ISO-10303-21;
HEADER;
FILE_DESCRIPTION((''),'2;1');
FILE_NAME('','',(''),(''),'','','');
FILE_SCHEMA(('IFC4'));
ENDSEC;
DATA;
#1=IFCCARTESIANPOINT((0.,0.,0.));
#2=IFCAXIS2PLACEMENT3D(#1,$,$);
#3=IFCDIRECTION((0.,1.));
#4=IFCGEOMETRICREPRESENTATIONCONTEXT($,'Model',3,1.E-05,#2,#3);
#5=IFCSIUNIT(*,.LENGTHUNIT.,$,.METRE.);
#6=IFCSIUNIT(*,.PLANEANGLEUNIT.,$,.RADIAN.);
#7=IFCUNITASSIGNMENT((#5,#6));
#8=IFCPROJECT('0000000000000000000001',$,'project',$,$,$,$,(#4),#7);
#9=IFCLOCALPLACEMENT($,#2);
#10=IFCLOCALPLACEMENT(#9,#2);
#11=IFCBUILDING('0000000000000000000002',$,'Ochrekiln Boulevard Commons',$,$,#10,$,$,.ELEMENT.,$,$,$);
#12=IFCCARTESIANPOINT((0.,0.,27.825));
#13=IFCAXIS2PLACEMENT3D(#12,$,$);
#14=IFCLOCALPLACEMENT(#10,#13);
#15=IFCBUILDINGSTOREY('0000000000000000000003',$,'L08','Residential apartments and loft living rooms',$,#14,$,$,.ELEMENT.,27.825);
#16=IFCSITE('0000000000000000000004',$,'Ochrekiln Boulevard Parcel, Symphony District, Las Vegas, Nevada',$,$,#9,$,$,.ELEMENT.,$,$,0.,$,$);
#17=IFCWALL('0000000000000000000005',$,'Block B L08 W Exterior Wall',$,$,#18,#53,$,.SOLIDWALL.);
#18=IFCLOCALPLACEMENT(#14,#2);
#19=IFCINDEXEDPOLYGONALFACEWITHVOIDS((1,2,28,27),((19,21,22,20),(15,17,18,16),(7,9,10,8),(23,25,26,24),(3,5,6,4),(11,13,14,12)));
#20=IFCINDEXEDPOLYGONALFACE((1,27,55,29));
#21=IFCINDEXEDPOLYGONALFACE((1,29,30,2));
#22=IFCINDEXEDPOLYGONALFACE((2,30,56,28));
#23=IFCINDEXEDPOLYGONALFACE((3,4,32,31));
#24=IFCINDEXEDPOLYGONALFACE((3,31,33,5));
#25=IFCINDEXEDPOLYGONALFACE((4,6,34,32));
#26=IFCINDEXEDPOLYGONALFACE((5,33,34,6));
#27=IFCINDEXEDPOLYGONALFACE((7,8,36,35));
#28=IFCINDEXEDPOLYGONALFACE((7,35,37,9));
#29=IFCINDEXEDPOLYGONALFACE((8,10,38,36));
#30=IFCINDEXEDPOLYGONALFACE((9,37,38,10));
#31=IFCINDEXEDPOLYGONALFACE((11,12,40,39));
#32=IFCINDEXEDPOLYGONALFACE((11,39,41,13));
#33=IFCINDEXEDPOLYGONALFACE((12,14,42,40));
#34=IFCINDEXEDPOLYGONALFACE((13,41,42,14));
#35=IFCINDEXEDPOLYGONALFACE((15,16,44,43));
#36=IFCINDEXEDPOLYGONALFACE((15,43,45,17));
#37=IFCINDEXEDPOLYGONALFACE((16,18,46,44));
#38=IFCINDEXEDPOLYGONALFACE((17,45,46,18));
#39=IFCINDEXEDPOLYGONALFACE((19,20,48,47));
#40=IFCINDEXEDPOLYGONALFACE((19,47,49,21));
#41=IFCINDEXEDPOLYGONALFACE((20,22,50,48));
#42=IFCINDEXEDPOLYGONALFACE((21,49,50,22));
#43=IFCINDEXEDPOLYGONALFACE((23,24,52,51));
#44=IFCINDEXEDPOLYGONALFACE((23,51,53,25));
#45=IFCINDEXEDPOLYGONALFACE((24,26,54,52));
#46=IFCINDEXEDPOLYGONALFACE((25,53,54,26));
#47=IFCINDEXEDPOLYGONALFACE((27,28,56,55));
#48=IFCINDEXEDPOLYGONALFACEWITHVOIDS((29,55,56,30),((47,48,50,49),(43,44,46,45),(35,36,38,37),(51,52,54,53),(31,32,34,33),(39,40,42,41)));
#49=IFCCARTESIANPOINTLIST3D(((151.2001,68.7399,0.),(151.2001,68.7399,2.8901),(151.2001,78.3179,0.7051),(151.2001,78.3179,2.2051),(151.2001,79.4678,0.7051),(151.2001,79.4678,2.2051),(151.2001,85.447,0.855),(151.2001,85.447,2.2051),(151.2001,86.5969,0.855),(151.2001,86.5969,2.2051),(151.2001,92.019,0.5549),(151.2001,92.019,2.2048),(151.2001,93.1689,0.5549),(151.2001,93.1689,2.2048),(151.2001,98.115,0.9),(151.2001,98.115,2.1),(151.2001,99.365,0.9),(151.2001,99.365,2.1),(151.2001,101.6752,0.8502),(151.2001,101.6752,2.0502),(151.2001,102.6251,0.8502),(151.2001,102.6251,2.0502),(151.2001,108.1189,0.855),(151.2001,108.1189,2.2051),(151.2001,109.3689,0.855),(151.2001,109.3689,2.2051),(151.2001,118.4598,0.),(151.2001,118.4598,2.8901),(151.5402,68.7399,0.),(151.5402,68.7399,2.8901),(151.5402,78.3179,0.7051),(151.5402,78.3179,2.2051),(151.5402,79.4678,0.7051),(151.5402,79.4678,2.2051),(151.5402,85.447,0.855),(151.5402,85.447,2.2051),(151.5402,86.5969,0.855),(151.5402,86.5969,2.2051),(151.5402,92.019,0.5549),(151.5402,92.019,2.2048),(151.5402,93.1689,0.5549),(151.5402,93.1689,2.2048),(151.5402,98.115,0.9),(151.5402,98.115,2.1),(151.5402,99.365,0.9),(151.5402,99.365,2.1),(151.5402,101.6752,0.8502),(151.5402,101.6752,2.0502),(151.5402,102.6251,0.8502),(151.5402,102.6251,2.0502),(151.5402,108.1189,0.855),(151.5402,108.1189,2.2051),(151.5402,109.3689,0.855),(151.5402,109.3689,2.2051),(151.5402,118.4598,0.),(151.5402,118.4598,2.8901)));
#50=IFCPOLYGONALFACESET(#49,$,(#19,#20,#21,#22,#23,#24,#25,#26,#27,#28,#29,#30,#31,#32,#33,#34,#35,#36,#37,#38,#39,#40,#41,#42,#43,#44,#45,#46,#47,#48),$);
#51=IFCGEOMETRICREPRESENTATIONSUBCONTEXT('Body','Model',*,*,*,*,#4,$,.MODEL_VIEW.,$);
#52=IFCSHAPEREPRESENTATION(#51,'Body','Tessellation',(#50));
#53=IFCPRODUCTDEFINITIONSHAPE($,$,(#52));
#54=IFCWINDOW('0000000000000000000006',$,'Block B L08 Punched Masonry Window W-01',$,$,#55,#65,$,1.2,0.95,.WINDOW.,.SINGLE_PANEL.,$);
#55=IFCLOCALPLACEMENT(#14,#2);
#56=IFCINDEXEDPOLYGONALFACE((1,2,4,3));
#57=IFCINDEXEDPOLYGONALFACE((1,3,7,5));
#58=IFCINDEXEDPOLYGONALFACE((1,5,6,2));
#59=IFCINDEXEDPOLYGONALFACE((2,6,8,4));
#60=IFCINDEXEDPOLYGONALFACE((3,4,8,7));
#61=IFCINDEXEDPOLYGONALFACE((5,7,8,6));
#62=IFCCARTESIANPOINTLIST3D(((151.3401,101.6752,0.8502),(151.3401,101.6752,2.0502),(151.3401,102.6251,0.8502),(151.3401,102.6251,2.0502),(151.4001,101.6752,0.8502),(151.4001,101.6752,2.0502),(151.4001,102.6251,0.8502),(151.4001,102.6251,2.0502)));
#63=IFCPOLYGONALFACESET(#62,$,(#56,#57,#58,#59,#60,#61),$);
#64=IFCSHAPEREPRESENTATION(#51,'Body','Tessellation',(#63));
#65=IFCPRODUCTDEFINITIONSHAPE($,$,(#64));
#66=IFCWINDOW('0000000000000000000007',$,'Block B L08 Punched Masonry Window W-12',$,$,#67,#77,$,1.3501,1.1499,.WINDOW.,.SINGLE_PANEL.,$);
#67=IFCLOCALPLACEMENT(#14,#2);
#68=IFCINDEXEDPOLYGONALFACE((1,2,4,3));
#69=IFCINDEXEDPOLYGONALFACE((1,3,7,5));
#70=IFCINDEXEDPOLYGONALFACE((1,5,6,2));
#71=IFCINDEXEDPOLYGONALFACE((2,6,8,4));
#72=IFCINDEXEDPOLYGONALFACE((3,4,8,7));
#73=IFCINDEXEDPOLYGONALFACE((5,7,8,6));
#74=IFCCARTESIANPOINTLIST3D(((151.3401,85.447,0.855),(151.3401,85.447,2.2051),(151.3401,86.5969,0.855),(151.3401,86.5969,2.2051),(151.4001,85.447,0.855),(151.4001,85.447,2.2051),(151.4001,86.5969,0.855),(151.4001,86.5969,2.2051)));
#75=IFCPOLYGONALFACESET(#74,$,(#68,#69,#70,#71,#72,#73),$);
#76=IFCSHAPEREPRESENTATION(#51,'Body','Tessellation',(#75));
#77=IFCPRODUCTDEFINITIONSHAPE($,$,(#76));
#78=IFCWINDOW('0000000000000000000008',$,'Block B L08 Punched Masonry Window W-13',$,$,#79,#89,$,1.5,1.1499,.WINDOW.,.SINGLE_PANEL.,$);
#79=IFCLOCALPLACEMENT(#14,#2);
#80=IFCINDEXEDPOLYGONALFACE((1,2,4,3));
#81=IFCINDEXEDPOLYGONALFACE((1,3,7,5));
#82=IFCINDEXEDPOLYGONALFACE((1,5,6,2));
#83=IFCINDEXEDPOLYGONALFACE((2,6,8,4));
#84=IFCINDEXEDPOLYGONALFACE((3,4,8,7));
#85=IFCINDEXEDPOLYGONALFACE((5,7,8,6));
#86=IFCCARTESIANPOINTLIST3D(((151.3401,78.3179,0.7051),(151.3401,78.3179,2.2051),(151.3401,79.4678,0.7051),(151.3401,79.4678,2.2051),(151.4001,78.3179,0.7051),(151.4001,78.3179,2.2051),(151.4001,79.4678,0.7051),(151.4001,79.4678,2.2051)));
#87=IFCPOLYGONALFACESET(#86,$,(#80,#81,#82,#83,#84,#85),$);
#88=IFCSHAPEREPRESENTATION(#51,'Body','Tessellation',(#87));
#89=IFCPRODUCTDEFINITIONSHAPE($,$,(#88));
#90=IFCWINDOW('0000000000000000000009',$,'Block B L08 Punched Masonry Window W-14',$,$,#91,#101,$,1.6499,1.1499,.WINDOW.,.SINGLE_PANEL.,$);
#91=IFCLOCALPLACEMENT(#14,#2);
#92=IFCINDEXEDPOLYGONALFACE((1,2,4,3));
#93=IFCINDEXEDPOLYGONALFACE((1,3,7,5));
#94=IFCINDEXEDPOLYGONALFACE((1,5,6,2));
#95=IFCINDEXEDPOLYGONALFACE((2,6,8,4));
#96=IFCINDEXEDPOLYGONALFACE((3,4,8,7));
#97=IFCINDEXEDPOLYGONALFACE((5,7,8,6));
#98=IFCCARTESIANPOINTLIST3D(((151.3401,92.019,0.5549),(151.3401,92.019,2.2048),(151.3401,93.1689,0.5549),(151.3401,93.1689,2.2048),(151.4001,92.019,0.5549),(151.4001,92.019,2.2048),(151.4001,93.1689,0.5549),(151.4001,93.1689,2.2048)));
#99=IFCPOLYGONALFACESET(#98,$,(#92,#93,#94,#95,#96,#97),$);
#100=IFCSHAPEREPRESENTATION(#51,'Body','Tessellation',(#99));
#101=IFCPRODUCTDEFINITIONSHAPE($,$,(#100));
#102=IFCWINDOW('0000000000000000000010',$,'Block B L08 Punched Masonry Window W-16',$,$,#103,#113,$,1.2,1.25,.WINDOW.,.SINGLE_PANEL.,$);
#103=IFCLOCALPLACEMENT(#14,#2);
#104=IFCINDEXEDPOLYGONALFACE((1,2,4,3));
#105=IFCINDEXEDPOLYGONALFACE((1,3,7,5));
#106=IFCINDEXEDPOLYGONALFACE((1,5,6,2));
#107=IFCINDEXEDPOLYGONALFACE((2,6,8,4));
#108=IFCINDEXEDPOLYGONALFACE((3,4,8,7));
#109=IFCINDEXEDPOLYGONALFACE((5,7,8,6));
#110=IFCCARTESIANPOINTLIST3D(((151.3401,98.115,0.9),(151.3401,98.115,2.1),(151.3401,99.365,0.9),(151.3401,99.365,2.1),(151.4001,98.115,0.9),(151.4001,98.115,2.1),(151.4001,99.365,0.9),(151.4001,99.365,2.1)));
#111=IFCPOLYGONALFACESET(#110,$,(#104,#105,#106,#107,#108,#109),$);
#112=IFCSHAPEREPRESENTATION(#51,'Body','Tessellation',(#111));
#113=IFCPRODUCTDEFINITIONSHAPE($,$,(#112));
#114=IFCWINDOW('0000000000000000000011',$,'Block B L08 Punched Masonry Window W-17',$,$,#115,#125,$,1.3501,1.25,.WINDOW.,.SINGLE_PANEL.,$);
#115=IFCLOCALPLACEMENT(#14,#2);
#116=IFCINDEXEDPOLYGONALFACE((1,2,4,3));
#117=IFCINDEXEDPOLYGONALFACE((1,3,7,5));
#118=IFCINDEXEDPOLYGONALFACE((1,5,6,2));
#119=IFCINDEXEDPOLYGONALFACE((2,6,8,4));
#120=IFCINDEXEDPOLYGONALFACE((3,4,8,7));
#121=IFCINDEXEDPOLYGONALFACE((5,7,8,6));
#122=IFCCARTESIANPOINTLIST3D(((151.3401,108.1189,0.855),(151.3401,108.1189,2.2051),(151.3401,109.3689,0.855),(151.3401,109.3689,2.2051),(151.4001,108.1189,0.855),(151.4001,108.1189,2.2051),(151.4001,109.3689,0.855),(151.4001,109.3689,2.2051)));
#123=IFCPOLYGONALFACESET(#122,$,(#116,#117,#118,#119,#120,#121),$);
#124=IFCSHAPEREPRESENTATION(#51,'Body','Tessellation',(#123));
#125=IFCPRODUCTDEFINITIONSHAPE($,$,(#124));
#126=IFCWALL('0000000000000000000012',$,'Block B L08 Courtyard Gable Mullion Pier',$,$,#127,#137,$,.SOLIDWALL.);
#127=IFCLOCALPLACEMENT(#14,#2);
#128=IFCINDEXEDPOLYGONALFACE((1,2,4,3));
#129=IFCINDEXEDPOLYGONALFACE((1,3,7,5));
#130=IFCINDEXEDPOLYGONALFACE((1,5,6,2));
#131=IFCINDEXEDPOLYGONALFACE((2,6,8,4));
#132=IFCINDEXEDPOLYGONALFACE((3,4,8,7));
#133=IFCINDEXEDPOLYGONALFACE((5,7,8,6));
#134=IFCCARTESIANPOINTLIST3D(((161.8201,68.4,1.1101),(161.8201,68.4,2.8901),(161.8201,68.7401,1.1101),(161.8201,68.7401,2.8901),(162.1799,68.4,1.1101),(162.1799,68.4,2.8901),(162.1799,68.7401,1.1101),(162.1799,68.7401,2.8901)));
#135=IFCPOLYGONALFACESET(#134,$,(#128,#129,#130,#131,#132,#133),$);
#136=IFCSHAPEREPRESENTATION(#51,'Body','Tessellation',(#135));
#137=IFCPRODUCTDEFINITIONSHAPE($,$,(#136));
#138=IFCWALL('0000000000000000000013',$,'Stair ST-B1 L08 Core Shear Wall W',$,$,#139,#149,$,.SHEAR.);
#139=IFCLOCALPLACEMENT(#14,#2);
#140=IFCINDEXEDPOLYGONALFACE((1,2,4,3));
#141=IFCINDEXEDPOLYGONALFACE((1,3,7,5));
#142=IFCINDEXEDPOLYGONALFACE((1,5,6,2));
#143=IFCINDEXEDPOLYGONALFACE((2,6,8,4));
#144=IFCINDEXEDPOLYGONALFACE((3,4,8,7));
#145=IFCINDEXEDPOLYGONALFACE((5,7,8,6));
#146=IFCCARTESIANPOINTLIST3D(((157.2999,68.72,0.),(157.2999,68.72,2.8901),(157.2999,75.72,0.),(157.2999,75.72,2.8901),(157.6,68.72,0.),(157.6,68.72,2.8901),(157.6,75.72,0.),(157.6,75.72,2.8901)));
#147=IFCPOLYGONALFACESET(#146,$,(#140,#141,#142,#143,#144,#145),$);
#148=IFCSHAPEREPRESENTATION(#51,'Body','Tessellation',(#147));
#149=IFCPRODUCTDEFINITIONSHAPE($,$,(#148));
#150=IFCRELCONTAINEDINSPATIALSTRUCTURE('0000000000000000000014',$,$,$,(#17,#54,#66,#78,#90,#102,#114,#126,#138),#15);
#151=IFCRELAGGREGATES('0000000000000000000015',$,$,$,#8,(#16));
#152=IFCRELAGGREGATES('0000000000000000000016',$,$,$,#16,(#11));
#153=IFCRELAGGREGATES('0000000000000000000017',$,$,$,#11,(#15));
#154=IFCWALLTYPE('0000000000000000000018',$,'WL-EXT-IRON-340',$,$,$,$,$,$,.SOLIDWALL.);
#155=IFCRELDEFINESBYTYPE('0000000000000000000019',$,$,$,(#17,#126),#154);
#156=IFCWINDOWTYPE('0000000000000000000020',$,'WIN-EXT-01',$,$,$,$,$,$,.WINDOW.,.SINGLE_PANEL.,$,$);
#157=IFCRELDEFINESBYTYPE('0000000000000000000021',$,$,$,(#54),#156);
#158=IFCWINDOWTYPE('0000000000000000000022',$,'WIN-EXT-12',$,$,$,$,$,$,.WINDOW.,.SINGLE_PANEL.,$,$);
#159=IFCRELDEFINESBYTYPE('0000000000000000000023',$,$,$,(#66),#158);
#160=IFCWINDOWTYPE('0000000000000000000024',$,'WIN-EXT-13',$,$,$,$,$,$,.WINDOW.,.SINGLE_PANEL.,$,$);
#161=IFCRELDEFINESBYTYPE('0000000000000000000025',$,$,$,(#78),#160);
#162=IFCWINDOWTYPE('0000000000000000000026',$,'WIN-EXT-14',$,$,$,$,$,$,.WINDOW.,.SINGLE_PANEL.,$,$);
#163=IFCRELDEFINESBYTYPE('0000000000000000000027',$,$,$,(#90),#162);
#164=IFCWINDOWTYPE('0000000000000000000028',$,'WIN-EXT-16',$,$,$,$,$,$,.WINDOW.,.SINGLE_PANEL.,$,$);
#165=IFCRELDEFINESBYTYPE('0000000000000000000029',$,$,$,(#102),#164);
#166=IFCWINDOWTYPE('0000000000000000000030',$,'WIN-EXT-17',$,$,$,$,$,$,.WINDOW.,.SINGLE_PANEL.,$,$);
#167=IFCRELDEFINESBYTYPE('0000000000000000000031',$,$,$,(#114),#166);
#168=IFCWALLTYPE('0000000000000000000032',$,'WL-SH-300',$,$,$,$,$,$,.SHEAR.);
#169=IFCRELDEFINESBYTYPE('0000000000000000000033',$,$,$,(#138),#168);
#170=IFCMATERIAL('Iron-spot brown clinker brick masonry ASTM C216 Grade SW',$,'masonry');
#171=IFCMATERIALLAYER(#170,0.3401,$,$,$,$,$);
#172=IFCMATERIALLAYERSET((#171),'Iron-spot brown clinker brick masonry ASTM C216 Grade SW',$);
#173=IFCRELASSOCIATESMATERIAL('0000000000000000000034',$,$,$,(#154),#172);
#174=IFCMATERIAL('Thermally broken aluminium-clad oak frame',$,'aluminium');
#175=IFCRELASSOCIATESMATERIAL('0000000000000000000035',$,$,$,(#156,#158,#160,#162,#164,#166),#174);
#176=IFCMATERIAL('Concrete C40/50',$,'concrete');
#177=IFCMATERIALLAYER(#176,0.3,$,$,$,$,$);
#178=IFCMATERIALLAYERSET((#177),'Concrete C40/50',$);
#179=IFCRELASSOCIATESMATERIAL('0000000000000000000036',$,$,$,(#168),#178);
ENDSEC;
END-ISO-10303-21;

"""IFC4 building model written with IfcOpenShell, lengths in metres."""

from ifc_helpers import new_model, si_unit, direction, frame, frame_2d, origin, place, context, subcontext, project, spatial, rectangle, extrude, material, layer, layer_set, type_object, element, fill, save


model = new_model("IFC4")

# Units and contexts
model_context = context("Model", 3, precision=1e-05, world=origin(), true_north=direction((0.0, 1.0)))
body_context = subcontext(model_context, "Body", "Model", "MODEL_VIEW")
ifc_project = project(units=[si_unit("LENGTHUNIT", "METRE"), si_unit("PLANEANGLEUNIT", "RADIAN")], contexts=[model_context])

# Site, building, storey
site_placement = place(None, origin())
site = spatial("IfcSite", under=ifc_project, at=site_placement, Name="Ochrekiln Boulevard Parcel, Symphony District, Las Vegas, Nevada", CompositionType="ELEMENT", RefElevation=0.0)
building_placement = place(site_placement, origin())
building = spatial("IfcBuilding", under=site, at=building_placement, Name="Ochrekiln Boulevard Commons", CompositionType="ELEMENT")
storey_placement = place(building_placement, frame((0.0, 0.0, 27.825)))
storey = spatial("IfcBuildingStorey", under=building, at=storey_placement, Name="L08", Description="Residential apartments and loft living rooms", CompositionType="ELEMENT", Elevation=27.825)

# Shared definitions
ifc_material_1 = material(Name="Concrete C40/50", Category="concrete")

# Wall, openings, windows
ifc_material_2 = material(Name="Iron-spot brown clinker brick masonry ASTM C216 Grade SW", Category="masonry")
ifc_layer_1 = layer(ifc_material_2, 0.3401)
ifc_layer_set_1 = layer_set([ifc_layer_1], Name="Iron-spot brown clinker brick masonry ASTM C216 Grade SW")
wall_type_1 = type_object("IfcWallType", Name="WL-EXT-IRON-340", PredefinedType="SOLIDWALL", material=ifc_layer_set_1)
wall_1_placement = place(storey_placement, frame((151.3701, 68.74, 0.0), z_axis=(0.0, 0.0, 1.0), x_axis=(0.0, 1.0, 0.0)))
wall_1 = element("IfcWall", 1, at=wall_1_placement, inside=storey, type_object=wall_type_1, Name="Block B L08 W Exterior Wall", PredefinedType="SOLIDWALL", context=body_context, shape_type="SweptSolid", body=[
    extrude(rectangle(XDim=49.72, YDim=0.3401, at=frame_2d((24.8599, 0.0))), origin(), (0.0, 0.0, 1.0), 2.8901),
])
opening_1_placement = place(wall_1_placement, frame((16.707, 0.0, 0.855)))
opening_1 = element("IfcOpeningElement", 2, at=opening_1_placement, cuts=wall_1, PredefinedType="OPENING", context=body_context, shape_type="SweptSolid", body=[
    extrude(rectangle(XDim=1.1499, YDim=1.3501, at=frame_2d((0.575, 0.675))), frame((0.0, 0.1799, 0.0), z_axis=(0.0, -1.0, 0.0), x_axis=(1.0, 0.0, 0.0)), (0.0, 0.0, 1.0), 0.3601),
])
opening_2_placement = place(wall_1_placement, frame((9.5779, 0.0, 0.7051)))
opening_2 = element("IfcOpeningElement", 3, at=opening_2_placement, cuts=wall_1, PredefinedType="OPENING", context=body_context, shape_type="SweptSolid", body=[
    extrude(rectangle(XDim=1.1499, YDim=1.5, at=frame_2d((0.575, 0.75))), frame((0.0, 0.1799, 0.0), z_axis=(0.0, -1.0, 0.0), x_axis=(1.0, 0.0, 0.0)), (0.0, 0.0, 1.0), 0.3601),
])
opening_3_placement = place(wall_1_placement, frame((23.2791, 0.0, 0.5549)))
opening_3 = element("IfcOpeningElement", 4, at=opening_3_placement, cuts=wall_1, PredefinedType="OPENING", context=body_context, shape_type="SweptSolid", body=[
    extrude(rectangle(XDim=1.1499, YDim=1.6499, at=frame_2d((0.575, 0.825))), frame((0.0, 0.1799, 0.0), z_axis=(0.0, -1.0, 0.0), x_axis=(1.0, 0.0, 0.0)), (0.0, 0.0, 1.0), 0.3601),
])
opening_4_placement = place(wall_1_placement, frame((32.9351, 0.0, 0.8501)))
opening_4 = element("IfcOpeningElement", 5, at=opening_4_placement, cuts=wall_1, PredefinedType="OPENING", context=body_context, shape_type="SweptSolid", body=[
    extrude(rectangle(XDim=0.95, YDim=1.2, at=frame_2d((0.4751, 0.6001))), frame((0.0, 0.1799, 0.0), z_axis=(0.0, -1.0, 0.0), x_axis=(1.0, 0.0, 0.0)), (0.0, 0.0, 1.0), 0.3601),
])
opening_5_placement = place(wall_1_placement, frame((29.375, 0.0, 0.8999)))
opening_5 = element("IfcOpeningElement", 6, at=opening_5_placement, cuts=wall_1, PredefinedType="OPENING", context=body_context, shape_type="SweptSolid", body=[
    extrude(rectangle(XDim=1.25, YDim=1.2, at=frame_2d((0.625, 0.6001))), frame((0.0, 0.1799, 0.0), z_axis=(0.0, -1.0, 0.0), x_axis=(1.0, 0.0, 0.0)), (0.0, 0.0, 1.0), 0.3601),
])
opening_6_placement = place(wall_1_placement, frame((39.3789, 0.0, 0.855)))
opening_6 = element("IfcOpeningElement", 7, at=opening_6_placement, cuts=wall_1, PredefinedType="OPENING", context=body_context, shape_type="SweptSolid", body=[
    extrude(rectangle(XDim=1.25, YDim=1.3501, at=frame_2d((0.625, 0.675))), frame((0.0, 0.1799, 0.0), z_axis=(0.0, -1.0, 0.0), x_axis=(1.0, 0.0, 0.0)), (0.0, 0.0, 1.0), 0.3601),
])
ifc_material_3 = material(Name="Thermally broken aluminium-clad oak frame", Category="aluminium")
window_type_1 = type_object("IfcWindowType", Name="WIN-EXT-01", PartitioningType="SINGLE_PANEL", PredefinedType="WINDOW", material=ifc_material_3)
window_1_placement = place(opening_4_placement, origin())
window_1 = element("IfcWindow", 8, at=window_1_placement, inside=storey, type_object=window_type_1, Name="Block B L08 Punched Masonry Window W-01", OverallHeight=1.2, OverallWidth=0.95, PartitioningType="SINGLE_PANEL", PredefinedType="WINDOW", context=body_context, shape_type="SweptSolid", body=[
    extrude(rectangle(XDim=0.95, YDim=1.2, at=frame_2d((0.4751, 0.6001))), frame((0.0, 0.03, 0.0), z_axis=(0.0, -1.0, 0.0), x_axis=(1.0, 0.0, 0.0)), (0.0, 0.0, 1.0), 0.0601),
])
fill(opening_4, window_1)
window_type_2 = type_object("IfcWindowType", Name="WIN-EXT-12", PartitioningType="SINGLE_PANEL", PredefinedType="WINDOW", material=ifc_material_3)
window_2_placement = place(opening_1_placement, origin())
window_2 = element("IfcWindow", 9, at=window_2_placement, inside=storey, type_object=window_type_2, Name="Block B L08 Punched Masonry Window W-12", OverallHeight=1.3501, OverallWidth=1.1499, PartitioningType="SINGLE_PANEL", PredefinedType="WINDOW", context=body_context, shape_type="SweptSolid", body=[
    extrude(rectangle(XDim=1.1499, YDim=1.3501, at=frame_2d((0.575, 0.675))), frame((0.0, 0.03, 0.0), z_axis=(0.0, -1.0, 0.0), x_axis=(1.0, 0.0, 0.0)), (0.0, 0.0, 1.0), 0.0601),
])
fill(opening_1, window_2)
window_type_3 = type_object("IfcWindowType", Name="WIN-EXT-13", PartitioningType="SINGLE_PANEL", PredefinedType="WINDOW", material=ifc_material_3)
window_3_placement = place(opening_2_placement, origin())
window_3 = element("IfcWindow", 10, at=window_3_placement, inside=storey, type_object=window_type_3, Name="Block B L08 Punched Masonry Window W-13", OverallHeight=1.5, OverallWidth=1.1499, PartitioningType="SINGLE_PANEL", PredefinedType="WINDOW", context=body_context, shape_type="SweptSolid", body=[
    extrude(rectangle(XDim=1.1499, YDim=1.5, at=frame_2d((0.575, 0.75))), frame((0.0, 0.03, 0.0), z_axis=(0.0, -1.0, 0.0), x_axis=(1.0, 0.0, 0.0)), (0.0, 0.0, 1.0), 0.0601),
])
fill(opening_2, window_3)
window_type_4 = type_object("IfcWindowType", Name="WIN-EXT-14", PartitioningType="SINGLE_PANEL", PredefinedType="WINDOW", material=ifc_material_3)
window_4_placement = place(opening_3_placement, origin())
window_4 = element("IfcWindow", 11, at=window_4_placement, inside=storey, type_object=window_type_4, Name="Block B L08 Punched Masonry Window W-14", OverallHeight=1.6499, OverallWidth=1.1499, PartitioningType="SINGLE_PANEL", PredefinedType="WINDOW", context=body_context, shape_type="SweptSolid", body=[
    extrude(rectangle(XDim=1.1499, YDim=1.6499, at=frame_2d((0.575, 0.825))), frame((0.0, 0.03, 0.0), z_axis=(0.0, -1.0, 0.0), x_axis=(1.0, 0.0, 0.0)), (0.0, 0.0, 1.0), 0.0601),
])
fill(opening_3, window_4)
window_type_5 = type_object("IfcWindowType", Name="WIN-EXT-16", PartitioningType="SINGLE_PANEL", PredefinedType="WINDOW", material=ifc_material_3)
window_5_placement = place(opening_5_placement, origin())
window_5 = element("IfcWindow", 12, at=window_5_placement, inside=storey, type_object=window_type_5, Name="Block B L08 Punched Masonry Window W-16", OverallHeight=1.2, OverallWidth=1.25, PartitioningType="SINGLE_PANEL", PredefinedType="WINDOW", context=body_context, shape_type="SweptSolid", body=[
    extrude(rectangle(XDim=1.25, YDim=1.2, at=frame_2d((0.625, 0.6001))), frame((0.0, 0.03, 0.0), z_axis=(0.0, -1.0, 0.0), x_axis=(1.0, 0.0, 0.0)), (0.0, 0.0, 1.0), 0.0601),
])
fill(opening_5, window_5)
window_type_6 = type_object("IfcWindowType", Name="WIN-EXT-17", PartitioningType="SINGLE_PANEL", PredefinedType="WINDOW", material=ifc_material_3)
window_6_placement = place(opening_6_placement, origin())
window_6 = element("IfcWindow", 13, at=window_6_placement, inside=storey, type_object=window_type_6, Name="Block B L08 Punched Masonry Window W-17", OverallHeight=1.3501, OverallWidth=1.25, PartitioningType="SINGLE_PANEL", PredefinedType="WINDOW", context=body_context, shape_type="SweptSolid", body=[
    extrude(rectangle(XDim=1.25, YDim=1.3501, at=frame_2d((0.625, 0.675))), frame((0.0, 0.03, 0.0), z_axis=(0.0, -1.0, 0.0), x_axis=(1.0, 0.0, 0.0)), (0.0, 0.0, 1.0), 0.0601),
])
fill(opening_6, window_6)

# Walls
wall_2_placement = place(storey_placement, frame((161.8201, 68.5701, 1.1101), z_axis=(0.0, 0.0, 1.0), x_axis=(1.0, 0.0, 0.0)))
element("IfcWall", 14, at=wall_2_placement, inside=storey, type_object=wall_type_1, Name="Block B L08 Courtyard Gable Mullion Pier", PredefinedType="SOLIDWALL", context=body_context, shape_type="SweptSolid", body=[
    extrude(rectangle(XDim=0.3599, YDim=0.3401, at=frame_2d((0.1799, 0.0))), origin(), (0.0, 0.0, 1.0), 1.78),
])
ifc_layer_2 = layer(ifc_material_1, 0.3)
ifc_layer_set_2 = layer_set([ifc_layer_2], Name="Concrete C40/50")
wall_type_2 = type_object("IfcWallType", Name="WL-SH-300", PredefinedType="SHEAR", material=ifc_layer_set_2)
wall_3_placement = place(storey_placement, frame((157.45, 68.72, 0.0), z_axis=(0.0, 0.0, 1.0), x_axis=(0.0, 1.0, 0.0)))
element("IfcWall", 15, at=wall_3_placement, inside=storey, type_object=wall_type_2, Name="Stair ST-B1 L08 Core Shear Wall W", PredefinedType="SHEAR", context=body_context, shape_type="SweptSolid", body=[
    extrude(rectangle(XDim=7.0, YDim=0.3, at=frame_2d((3.5, 0.0))), origin(), (0.0, 0.0, 1.0), 2.8901),
])

save(model, "model.ifc")
